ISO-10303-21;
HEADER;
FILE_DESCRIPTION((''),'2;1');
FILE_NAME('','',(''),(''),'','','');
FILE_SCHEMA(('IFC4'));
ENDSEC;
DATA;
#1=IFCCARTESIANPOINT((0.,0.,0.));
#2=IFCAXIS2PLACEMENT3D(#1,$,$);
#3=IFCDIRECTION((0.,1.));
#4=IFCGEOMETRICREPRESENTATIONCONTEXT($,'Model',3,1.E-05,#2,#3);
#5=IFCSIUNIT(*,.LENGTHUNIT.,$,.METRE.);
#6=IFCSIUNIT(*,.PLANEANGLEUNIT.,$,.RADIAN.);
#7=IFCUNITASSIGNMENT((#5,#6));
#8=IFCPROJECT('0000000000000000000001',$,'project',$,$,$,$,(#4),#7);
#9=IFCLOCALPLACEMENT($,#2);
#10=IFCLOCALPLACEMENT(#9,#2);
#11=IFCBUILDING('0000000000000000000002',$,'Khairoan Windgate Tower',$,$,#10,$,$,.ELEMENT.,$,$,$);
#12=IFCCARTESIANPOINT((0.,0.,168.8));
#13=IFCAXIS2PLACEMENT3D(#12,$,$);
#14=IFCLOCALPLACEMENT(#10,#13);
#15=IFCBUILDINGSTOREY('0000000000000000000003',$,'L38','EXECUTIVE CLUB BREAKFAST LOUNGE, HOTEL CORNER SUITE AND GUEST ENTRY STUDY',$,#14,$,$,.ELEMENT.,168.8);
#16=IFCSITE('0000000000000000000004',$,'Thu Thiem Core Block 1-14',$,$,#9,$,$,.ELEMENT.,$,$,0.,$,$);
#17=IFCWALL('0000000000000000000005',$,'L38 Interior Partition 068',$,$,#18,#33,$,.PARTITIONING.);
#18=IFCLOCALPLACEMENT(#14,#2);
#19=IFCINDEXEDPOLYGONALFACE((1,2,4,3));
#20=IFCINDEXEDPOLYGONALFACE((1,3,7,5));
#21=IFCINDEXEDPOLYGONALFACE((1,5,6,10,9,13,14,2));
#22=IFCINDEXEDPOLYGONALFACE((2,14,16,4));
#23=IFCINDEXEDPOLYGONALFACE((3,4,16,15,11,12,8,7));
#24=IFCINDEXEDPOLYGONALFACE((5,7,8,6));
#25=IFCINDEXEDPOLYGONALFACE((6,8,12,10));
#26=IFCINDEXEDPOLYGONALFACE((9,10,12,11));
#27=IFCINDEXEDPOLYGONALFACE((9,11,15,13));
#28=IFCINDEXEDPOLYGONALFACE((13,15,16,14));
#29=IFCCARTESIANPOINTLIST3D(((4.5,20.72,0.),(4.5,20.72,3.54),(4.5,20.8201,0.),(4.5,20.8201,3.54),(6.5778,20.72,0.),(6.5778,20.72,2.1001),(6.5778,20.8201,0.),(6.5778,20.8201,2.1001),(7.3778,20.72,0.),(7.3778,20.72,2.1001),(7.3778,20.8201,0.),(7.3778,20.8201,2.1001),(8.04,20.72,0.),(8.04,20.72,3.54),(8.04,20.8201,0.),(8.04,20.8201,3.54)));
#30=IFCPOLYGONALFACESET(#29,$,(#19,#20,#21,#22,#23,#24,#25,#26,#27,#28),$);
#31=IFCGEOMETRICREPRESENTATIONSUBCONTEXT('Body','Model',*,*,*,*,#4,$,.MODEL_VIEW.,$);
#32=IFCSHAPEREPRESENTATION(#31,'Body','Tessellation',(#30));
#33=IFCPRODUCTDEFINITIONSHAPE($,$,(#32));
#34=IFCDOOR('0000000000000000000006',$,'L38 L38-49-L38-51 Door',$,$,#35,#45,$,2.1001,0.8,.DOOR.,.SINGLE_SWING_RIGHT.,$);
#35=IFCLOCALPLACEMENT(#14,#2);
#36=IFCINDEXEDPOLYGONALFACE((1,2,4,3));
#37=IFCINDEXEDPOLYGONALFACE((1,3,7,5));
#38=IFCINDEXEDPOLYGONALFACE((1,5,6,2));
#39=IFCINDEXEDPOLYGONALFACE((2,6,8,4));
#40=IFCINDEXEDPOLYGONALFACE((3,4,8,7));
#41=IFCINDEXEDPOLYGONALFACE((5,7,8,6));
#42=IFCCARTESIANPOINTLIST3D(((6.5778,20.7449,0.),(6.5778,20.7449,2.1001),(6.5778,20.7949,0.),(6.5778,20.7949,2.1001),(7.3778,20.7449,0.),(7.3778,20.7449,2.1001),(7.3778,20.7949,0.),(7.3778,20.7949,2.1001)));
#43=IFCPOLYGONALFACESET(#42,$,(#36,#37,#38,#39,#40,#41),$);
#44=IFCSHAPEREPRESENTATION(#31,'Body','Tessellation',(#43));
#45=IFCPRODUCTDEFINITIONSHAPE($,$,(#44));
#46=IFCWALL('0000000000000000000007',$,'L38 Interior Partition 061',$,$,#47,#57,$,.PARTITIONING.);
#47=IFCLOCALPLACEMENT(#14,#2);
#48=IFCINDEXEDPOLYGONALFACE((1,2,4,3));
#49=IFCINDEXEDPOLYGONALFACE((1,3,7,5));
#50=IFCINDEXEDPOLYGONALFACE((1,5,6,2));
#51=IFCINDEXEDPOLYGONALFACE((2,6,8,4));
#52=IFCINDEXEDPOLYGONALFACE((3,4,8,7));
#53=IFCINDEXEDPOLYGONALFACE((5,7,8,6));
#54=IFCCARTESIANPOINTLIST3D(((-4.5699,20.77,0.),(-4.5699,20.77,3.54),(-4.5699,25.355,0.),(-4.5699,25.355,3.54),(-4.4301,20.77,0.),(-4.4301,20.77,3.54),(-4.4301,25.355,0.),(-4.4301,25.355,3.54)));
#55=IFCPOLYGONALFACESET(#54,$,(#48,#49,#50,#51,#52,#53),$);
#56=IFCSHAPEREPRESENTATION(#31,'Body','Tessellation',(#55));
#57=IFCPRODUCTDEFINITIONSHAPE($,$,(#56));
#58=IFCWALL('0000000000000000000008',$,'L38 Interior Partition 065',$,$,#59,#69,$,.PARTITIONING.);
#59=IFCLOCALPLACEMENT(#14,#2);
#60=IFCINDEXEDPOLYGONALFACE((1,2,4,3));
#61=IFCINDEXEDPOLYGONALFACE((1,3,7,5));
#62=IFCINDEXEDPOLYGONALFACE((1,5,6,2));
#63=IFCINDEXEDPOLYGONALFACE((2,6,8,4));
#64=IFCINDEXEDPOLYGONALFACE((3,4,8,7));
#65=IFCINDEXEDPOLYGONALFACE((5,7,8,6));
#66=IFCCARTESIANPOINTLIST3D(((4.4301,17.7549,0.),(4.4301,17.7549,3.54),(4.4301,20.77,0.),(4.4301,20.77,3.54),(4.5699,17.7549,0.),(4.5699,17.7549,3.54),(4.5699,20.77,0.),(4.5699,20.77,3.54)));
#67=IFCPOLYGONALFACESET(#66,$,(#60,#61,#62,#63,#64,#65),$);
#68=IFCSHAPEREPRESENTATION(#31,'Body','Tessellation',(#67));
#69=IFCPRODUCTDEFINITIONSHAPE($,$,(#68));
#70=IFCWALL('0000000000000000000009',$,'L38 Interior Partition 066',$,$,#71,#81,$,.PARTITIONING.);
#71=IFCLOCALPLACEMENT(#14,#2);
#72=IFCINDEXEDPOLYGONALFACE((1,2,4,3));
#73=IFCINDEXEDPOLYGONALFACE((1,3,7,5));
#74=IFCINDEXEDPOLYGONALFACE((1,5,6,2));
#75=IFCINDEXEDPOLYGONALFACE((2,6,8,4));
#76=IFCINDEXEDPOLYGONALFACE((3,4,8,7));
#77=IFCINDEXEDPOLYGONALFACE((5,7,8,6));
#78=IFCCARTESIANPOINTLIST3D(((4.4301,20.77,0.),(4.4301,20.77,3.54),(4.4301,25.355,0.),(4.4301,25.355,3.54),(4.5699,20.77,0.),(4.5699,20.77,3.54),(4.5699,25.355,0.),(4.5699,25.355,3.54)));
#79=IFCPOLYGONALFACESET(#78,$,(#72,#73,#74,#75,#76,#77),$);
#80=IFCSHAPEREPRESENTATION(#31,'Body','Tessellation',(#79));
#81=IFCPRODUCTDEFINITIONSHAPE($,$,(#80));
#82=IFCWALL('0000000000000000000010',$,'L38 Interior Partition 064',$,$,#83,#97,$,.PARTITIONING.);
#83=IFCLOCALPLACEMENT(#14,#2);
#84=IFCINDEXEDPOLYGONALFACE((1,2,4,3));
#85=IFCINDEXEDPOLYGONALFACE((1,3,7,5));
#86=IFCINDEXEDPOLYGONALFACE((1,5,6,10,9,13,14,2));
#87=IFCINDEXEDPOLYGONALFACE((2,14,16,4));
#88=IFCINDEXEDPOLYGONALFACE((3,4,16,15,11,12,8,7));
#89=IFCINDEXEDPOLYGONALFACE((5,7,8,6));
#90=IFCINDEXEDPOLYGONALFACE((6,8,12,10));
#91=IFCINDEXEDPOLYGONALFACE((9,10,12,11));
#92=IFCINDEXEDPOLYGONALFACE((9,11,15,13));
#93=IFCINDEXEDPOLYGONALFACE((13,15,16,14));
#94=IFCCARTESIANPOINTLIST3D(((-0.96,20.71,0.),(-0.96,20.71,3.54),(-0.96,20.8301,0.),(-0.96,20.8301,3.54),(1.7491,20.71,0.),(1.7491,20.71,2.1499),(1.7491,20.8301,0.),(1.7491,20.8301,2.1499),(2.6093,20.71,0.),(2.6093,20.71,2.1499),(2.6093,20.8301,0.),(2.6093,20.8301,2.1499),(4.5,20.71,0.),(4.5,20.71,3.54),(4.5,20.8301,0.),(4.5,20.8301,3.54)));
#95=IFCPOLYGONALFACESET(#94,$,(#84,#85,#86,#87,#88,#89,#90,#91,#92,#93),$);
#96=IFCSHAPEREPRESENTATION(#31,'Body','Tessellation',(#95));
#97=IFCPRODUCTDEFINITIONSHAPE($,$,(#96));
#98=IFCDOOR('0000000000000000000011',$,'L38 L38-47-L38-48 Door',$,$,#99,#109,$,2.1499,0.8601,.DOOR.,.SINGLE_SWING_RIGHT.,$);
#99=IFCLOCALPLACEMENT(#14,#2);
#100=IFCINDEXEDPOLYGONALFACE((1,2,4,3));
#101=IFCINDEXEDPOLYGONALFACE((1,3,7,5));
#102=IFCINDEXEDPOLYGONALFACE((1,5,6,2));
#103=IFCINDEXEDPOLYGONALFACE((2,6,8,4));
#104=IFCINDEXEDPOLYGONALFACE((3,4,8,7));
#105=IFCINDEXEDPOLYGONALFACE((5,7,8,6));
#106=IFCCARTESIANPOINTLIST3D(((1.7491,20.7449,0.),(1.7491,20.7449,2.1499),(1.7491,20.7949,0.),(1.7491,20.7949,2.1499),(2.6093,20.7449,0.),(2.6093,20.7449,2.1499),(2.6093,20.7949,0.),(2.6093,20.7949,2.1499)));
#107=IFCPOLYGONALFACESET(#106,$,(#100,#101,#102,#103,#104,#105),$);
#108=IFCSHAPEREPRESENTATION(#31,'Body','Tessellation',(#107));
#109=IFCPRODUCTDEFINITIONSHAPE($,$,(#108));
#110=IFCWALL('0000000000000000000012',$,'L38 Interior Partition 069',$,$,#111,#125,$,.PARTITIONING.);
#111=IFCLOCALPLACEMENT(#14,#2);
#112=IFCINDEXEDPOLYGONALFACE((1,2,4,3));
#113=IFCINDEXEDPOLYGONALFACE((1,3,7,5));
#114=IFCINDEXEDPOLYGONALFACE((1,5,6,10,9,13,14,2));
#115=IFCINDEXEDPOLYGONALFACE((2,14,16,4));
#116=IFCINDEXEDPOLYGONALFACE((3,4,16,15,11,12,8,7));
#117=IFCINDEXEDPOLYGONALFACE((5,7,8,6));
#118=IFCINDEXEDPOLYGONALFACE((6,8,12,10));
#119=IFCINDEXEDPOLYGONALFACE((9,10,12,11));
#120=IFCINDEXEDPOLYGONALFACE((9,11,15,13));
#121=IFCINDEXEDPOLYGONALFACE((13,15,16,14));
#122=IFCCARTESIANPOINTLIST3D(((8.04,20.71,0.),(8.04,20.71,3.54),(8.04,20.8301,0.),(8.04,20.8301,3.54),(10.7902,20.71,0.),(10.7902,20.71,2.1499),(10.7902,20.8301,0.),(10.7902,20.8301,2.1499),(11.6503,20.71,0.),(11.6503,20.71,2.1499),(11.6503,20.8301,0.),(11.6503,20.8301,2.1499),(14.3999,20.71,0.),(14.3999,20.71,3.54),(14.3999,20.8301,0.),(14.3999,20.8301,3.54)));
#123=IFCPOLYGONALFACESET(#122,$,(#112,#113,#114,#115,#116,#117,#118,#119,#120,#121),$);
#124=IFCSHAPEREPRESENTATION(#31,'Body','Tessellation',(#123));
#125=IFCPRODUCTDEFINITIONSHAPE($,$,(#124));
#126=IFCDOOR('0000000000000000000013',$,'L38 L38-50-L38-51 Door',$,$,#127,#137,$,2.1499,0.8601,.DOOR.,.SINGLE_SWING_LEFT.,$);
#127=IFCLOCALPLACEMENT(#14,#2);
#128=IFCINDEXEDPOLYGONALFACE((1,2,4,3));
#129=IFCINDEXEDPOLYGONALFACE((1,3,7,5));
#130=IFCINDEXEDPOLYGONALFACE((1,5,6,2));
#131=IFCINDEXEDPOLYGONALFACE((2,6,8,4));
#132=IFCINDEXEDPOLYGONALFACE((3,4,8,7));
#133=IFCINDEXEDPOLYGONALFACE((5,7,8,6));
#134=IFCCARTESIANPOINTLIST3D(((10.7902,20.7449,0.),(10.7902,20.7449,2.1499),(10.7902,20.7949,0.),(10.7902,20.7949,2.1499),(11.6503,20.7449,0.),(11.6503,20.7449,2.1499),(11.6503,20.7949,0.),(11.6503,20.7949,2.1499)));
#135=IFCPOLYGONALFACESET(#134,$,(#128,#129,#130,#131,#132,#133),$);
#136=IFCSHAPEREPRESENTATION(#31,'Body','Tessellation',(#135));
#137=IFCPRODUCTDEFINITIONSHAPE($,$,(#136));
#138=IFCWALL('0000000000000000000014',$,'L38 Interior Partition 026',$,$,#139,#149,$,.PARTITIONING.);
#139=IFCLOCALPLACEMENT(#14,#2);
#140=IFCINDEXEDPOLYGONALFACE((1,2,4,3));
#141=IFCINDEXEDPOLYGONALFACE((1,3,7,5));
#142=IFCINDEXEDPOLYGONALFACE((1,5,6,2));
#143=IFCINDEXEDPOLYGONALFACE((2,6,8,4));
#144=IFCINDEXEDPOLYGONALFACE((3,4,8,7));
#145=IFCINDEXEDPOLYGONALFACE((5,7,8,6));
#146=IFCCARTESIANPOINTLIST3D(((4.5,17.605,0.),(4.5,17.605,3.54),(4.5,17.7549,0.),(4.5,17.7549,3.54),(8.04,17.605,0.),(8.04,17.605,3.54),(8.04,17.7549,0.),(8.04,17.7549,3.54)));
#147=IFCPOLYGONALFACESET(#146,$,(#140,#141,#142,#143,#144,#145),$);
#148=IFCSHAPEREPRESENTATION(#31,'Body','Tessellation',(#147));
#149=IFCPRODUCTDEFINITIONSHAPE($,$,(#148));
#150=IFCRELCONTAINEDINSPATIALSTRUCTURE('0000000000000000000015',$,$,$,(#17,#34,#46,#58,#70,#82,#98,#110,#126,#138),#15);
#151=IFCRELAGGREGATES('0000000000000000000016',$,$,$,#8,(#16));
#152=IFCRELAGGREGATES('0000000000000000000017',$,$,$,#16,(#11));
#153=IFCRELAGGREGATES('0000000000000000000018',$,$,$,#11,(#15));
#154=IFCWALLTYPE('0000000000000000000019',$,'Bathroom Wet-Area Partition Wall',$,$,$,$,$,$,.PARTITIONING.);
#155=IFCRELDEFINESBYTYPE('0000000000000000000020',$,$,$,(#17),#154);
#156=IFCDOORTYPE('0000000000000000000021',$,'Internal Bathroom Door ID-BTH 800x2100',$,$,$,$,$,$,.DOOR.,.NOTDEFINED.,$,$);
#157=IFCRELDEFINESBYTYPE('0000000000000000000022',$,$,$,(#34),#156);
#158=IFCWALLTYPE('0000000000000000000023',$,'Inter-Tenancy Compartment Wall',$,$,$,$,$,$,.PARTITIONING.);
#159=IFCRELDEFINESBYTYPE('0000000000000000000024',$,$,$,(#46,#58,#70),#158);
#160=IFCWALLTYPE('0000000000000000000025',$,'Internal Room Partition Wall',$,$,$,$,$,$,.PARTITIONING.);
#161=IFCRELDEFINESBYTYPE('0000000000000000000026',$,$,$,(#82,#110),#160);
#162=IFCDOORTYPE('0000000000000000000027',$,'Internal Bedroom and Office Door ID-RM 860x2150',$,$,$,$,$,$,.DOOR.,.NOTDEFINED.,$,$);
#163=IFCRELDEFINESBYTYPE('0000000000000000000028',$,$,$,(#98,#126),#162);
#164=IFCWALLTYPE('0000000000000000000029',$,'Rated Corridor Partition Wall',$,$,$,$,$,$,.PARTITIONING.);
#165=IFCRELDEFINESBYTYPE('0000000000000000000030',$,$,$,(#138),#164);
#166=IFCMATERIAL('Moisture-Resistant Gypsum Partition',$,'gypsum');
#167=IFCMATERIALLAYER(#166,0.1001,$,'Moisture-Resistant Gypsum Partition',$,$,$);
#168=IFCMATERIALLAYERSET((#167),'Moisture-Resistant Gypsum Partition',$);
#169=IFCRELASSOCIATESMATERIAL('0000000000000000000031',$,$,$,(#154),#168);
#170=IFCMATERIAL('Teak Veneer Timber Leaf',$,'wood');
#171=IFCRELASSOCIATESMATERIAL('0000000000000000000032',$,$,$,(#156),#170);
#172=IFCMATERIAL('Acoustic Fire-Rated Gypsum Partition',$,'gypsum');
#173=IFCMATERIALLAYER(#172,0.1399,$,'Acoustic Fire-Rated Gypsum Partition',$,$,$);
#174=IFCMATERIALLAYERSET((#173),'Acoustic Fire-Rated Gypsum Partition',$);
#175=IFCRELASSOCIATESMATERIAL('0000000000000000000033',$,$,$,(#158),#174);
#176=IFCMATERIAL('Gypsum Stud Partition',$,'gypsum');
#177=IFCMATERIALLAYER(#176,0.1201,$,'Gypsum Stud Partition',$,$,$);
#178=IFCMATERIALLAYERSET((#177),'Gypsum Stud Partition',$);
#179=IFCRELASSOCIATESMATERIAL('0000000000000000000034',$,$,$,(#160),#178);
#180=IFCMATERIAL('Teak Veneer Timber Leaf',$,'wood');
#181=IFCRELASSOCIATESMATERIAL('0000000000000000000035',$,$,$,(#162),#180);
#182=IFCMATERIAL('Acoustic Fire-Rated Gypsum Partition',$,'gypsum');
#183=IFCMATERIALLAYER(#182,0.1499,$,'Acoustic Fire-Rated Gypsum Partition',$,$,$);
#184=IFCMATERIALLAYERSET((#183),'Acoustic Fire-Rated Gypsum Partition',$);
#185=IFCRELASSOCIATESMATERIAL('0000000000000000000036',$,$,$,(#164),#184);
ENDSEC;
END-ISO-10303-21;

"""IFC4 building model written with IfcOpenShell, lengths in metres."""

from ifc_helpers import new_model, si_unit, direction, frame, frame_2d, origin, place, context, subcontext, project, spatial, rectangle, extrude, material, layer, layer_set, type_object, element, fill, save


model = new_model("IFC4")

# Units and contexts
model_context = context("Model", 3, precision=1e-05, world=origin(), true_north=direction((0.0, 1.0)))
body_context = subcontext(model_context, "Body", "Model", "MODEL_VIEW")
ifc_project = project(units=[si_unit("LENGTHUNIT", "METRE"), si_unit("PLANEANGLEUNIT", "RADIAN")], contexts=[model_context])

# Site, building, storey
site_placement = place(None, origin())
site = spatial("IfcSite", under=ifc_project, at=site_placement, Name="Thu Thiem Core Block 1-14", CompositionType="ELEMENT", RefElevation=0.0)
building_placement = place(site_placement, origin())
building = spatial("IfcBuilding", under=site, at=building_placement, Name="Khairoan Windgate Tower", CompositionType="ELEMENT")
storey_placement = place(building_placement, frame((0.0, 0.0, 168.8)))
storey = spatial("IfcBuildingStorey", under=building, at=storey_placement, Name="L38", Description="EXECUTIVE CLUB BREAKFAST LOUNGE, HOTEL CORNER SUITE AND GUEST ENTRY STUDY", CompositionType="ELEMENT", Elevation=168.8)

# Wall, opening, door
ifc_material_1 = material(Name="Moisture-Resistant Gypsum Partition", Category="gypsum")
ifc_layer_1 = layer(ifc_material_1, 0.1001, Name="Moisture-Resistant Gypsum Partition")
ifc_layer_set_1 = layer_set([ifc_layer_1], Name="Moisture-Resistant Gypsum Partition")
wall_type_1 = type_object("IfcWallType", Name="Bathroom Wet-Area Partition Wall", PredefinedType="PARTITIONING", material=ifc_layer_set_1)
ifc_material_2 = material(Name="Teak Veneer Timber Leaf", Category="wood")
door_type_1 = type_object("IfcDoorType", Name="Internal Bathroom Door ID-BTH 800x2100", OperationType="NOTDEFINED", PredefinedType="DOOR", material=ifc_material_2)
wall_1_placement = place(storey_placement, frame((4.5, 20.77, 0.0), z_axis=(0.0, 0.0, 1.0), x_axis=(1.0, 0.0, 0.0)))
wall_1 = element("IfcWall", 1, at=wall_1_placement, inside=storey, type_object=wall_type_1, Name="L38 Interior Partition 068", PredefinedType="PARTITIONING", context=body_context, shape_type="SweptSolid", body=[
    extrude(rectangle(XDim=3.54, YDim=0.1001, at=frame_2d((1.77, 0.0))), origin(), (0.0, 0.0, 1.0), 3.54),
])
opening_1_placement = place(wall_1_placement, frame((2.0779, 0.0, 0.0)))
opening_1 = element("IfcOpeningElement", 2, at=opening_1_placement, cuts=wall_1, PredefinedType="OPENING", context=body_context, shape_type="SweptSolid", body=[
    extrude(rectangle(XDim=0.8, YDim=2.1001, at=frame_2d((0.3999, 1.05))), frame((0.0, 0.0601, 0.0), z_axis=(0.0, -1.0, 0.0), x_axis=(1.0, 0.0, 0.0)), (0.0, 0.0, 1.0), 0.1201),
])
door_1_placement = place(opening_1_placement, origin())
door_1 = element("IfcDoor", 3, at=door_1_placement, inside=storey, type_object=door_type_1, Name="L38 L38-49-L38-51 Door", OperationType="SINGLE_SWING_RIGHT", OverallHeight=2.1001, OverallWidth=0.8, PredefinedType="DOOR", context=body_context, shape_type="SweptSolid", body=[
    extrude(rectangle(XDim=0.8, YDim=2.1001, at=frame_2d((0.3999, 1.05))), frame((0.0, 0.0249, 0.0), z_axis=(0.0, -1.0, 0.0), x_axis=(1.0, 0.0, 0.0)), (0.0, 0.0, 1.0), 0.05),
])
fill(opening_1, door_1)

# Walls
ifc_material_3 = material(Name="Acoustic Fire-Rated Gypsum Partition", Category="gypsum")
ifc_layer_2 = layer(ifc_material_3, 0.1399, Name="Acoustic Fire-Rated Gypsum Partition")
ifc_layer_set_2 = layer_set([ifc_layer_2], Name="Acoustic Fire-Rated Gypsum Partition")
wall_type_2 = type_object("IfcWallType", Name="Inter-Tenancy Compartment Wall", PredefinedType="PARTITIONING", material=ifc_layer_set_2)
wall_2_placement = place(storey_placement, frame((-4.5, 20.77, 0.0), z_axis=(0.0, 0.0, 1.0), x_axis=(0.0, 1.0, 0.0)))
element("IfcWall", 4, at=wall_2_placement, inside=storey, type_object=wall_type_2, Name="L38 Interior Partition 061", PredefinedType="PARTITIONING", context=body_context, shape_type="SweptSolid", body=[
    extrude(rectangle(XDim=4.585, YDim=0.1399, at=frame_2d((2.2925, 0.0))), origin(), (0.0, 0.0, 1.0), 3.54),
])
wall_3_placement = place(storey_placement, frame((4.5, 17.7549, 0.0), z_axis=(0.0, 0.0, 1.0), x_axis=(0.0, 1.0, 0.0)))
element("IfcWall", 5, at=wall_3_placement, inside=storey, type_object=wall_type_2, Name="L38 Interior Partition 065", PredefinedType="PARTITIONING", context=body_context, shape_type="SweptSolid", body=[
    extrude(rectangle(XDim=3.0151, YDim=0.1399, at=frame_2d((1.5076, 0.0))), origin(), (0.0, 0.0, 1.0), 3.54),
])
wall_4_placement = place(storey_placement, frame((4.5, 20.77, 0.0), z_axis=(0.0, 0.0, 1.0), x_axis=(0.0, 1.0, 0.0)))
element("IfcWall", 6, at=wall_4_placement, inside=storey, type_object=wall_type_2, Name="L38 Interior Partition 066", PredefinedType="PARTITIONING", context=body_context, shape_type="SweptSolid", body=[
    extrude(rectangle(XDim=4.585, YDim=0.1399, at=frame_2d((2.2925, 0.0))), origin(), (0.0, 0.0, 1.0), 3.54),
])

# Walls, openings, doors
ifc_material_4 = material(Name="Gypsum Stud Partition", Category="gypsum")
ifc_layer_3 = layer(ifc_material_4, 0.1201, Name="Gypsum Stud Partition")
ifc_layer_set_3 = layer_set([ifc_layer_3], Name="Gypsum Stud Partition")
wall_type_3 = type_object("IfcWallType", Name="Internal Room Partition Wall", PredefinedType="PARTITIONING", material=ifc_layer_set_3)
wall_5_placement = place(storey_placement, frame((-0.96, 20.77, 0.0), z_axis=(0.0, 0.0, 1.0), x_axis=(1.0, 0.0, 0.0)))
wall_5 = element("IfcWall", 7, at=wall_5_placement, inside=storey, type_object=wall_type_3, Name="L38 Interior Partition 064", PredefinedType="PARTITIONING", context=body_context, shape_type="SweptSolid", body=[
    extrude(rectangle(XDim=5.46, YDim=0.1201, at=frame_2d((2.73, 0.0))), origin(), (0.0, 0.0, 1.0), 3.54),
])
opening_2_placement = place(wall_5_placement, frame((2.709, 0.0, 0.0)))
opening_2 = element("IfcOpeningElement", 8, at=opening_2_placement, cuts=wall_5, PredefinedType="OPENING", context=body_context, shape_type="SweptSolid", body=[
    extrude(rectangle(XDim=0.8601, YDim=2.1499, at=frame_2d((0.4302, 1.075))), frame((0.0, 0.0701, 0.0), z_axis=(0.0, -1.0, 0.0), x_axis=(1.0, 0.0, 0.0)), (0.0, 0.0, 1.0), 0.1401),
])
ifc_material_5 = material(Name="Teak Veneer Timber Leaf", Category="wood")
door_type_2 = type_object("IfcDoorType", Name="Internal Bedroom and Office Door ID-RM 860x2150", OperationType="NOTDEFINED", PredefinedType="DOOR", material=ifc_material_5)
door_2_placement = place(opening_2_placement, origin())
door_2 = element("IfcDoor", 9, at=door_2_placement, inside=storey, type_object=door_type_2, Name="L38 L38-47-L38-48 Door", OperationType="SINGLE_SWING_RIGHT", OverallHeight=2.1499, OverallWidth=0.8601, PredefinedType="DOOR", context=body_context, shape_type="SweptSolid", body=[
    extrude(rectangle(XDim=0.8601, YDim=2.1499, at=frame_2d((0.4302, 1.075))), frame((0.0, 0.0249, 0.0), z_axis=(0.0, -1.0, 0.0), x_axis=(1.0, 0.0, 0.0)), (0.0, 0.0, 1.0), 0.05),
])
fill(opening_2, door_2)
wall_6_placement = place(storey_placement, frame((8.04, 20.77, 0.0), z_axis=(0.0, 0.0, 1.0), x_axis=(1.0, 0.0, 0.0)))
wall_6 = element("IfcWall", 10, at=wall_6_placement, inside=storey, type_object=wall_type_3, Name="L38 Interior Partition 069", PredefinedType="PARTITIONING", context=body_context, shape_type="SweptSolid", body=[
    extrude(rectangle(XDim=6.3599, YDim=0.1201, at=frame_2d((3.1799, 0.0))), origin(), (0.0, 0.0, 1.0), 3.54),
])
opening_3_placement = place(wall_6_placement, frame((2.75, 0.0, 0.0)))
opening_3 = element("IfcOpeningElement", 11, at=opening_3_placement, cuts=wall_6, PredefinedType="OPENING", context=body_context, shape_type="SweptSolid", body=[
    extrude(rectangle(XDim=0.8601, YDim=2.1499, at=frame_2d((0.4302, 1.075))), frame((0.0, 0.0701, 0.0), z_axis=(0.0, -1.0, 0.0), x_axis=(1.0, 0.0, 0.0)), (0.0, 0.0, 1.0), 0.1401),
])
door_3_placement = place(opening_3_placement, origin())
door_3 = element("IfcDoor", 12, at=door_3_placement, inside=storey, type_object=door_type_2, Name="L38 L38-50-L38-51 Door", OperationType="SINGLE_SWING_LEFT", OverallHeight=2.1499, OverallWidth=0.8601, PredefinedType="DOOR", context=body_context, shape_type="SweptSolid", body=[
    extrude(rectangle(XDim=0.8601, YDim=2.1499, at=frame_2d((0.4302, 1.075))), frame((0.0, 0.0249, 0.0), z_axis=(0.0, -1.0, 0.0), x_axis=(1.0, 0.0, 0.0)), (0.0, 0.0, 1.0), 0.05),
])
fill(opening_3, door_3)

# Wall
ifc_material_6 = material(Name="Acoustic Fire-Rated Gypsum Partition", Category="gypsum")
ifc_layer_4 = layer(ifc_material_6, 0.1499, Name="Acoustic Fire-Rated Gypsum Partition")
ifc_layer_set_4 = layer_set([ifc_layer_4], Name="Acoustic Fire-Rated Gypsum Partition")
wall_type_4 = type_object("IfcWallType", Name="Rated Corridor Partition Wall", PredefinedType="PARTITIONING", material=ifc_layer_set_4)
wall_7_placement = place(storey_placement, frame((4.5, 17.6799, 0.0), z_axis=(0.0, 0.0, 1.0), x_axis=(1.0, 0.0, 0.0)))
element("IfcWall", 13, at=wall_7_placement, inside=storey, type_object=wall_type_4, Name="L38 Interior Partition 026", PredefinedType="PARTITIONING", context=body_context, shape_type="SweptSolid", body=[
    extrude(rectangle(XDim=3.54, YDim=0.1499, at=frame_2d((1.77, 0.0))), origin(), (0.0, 0.0, 1.0), 3.54),
])

save(model, "model.ifc")
